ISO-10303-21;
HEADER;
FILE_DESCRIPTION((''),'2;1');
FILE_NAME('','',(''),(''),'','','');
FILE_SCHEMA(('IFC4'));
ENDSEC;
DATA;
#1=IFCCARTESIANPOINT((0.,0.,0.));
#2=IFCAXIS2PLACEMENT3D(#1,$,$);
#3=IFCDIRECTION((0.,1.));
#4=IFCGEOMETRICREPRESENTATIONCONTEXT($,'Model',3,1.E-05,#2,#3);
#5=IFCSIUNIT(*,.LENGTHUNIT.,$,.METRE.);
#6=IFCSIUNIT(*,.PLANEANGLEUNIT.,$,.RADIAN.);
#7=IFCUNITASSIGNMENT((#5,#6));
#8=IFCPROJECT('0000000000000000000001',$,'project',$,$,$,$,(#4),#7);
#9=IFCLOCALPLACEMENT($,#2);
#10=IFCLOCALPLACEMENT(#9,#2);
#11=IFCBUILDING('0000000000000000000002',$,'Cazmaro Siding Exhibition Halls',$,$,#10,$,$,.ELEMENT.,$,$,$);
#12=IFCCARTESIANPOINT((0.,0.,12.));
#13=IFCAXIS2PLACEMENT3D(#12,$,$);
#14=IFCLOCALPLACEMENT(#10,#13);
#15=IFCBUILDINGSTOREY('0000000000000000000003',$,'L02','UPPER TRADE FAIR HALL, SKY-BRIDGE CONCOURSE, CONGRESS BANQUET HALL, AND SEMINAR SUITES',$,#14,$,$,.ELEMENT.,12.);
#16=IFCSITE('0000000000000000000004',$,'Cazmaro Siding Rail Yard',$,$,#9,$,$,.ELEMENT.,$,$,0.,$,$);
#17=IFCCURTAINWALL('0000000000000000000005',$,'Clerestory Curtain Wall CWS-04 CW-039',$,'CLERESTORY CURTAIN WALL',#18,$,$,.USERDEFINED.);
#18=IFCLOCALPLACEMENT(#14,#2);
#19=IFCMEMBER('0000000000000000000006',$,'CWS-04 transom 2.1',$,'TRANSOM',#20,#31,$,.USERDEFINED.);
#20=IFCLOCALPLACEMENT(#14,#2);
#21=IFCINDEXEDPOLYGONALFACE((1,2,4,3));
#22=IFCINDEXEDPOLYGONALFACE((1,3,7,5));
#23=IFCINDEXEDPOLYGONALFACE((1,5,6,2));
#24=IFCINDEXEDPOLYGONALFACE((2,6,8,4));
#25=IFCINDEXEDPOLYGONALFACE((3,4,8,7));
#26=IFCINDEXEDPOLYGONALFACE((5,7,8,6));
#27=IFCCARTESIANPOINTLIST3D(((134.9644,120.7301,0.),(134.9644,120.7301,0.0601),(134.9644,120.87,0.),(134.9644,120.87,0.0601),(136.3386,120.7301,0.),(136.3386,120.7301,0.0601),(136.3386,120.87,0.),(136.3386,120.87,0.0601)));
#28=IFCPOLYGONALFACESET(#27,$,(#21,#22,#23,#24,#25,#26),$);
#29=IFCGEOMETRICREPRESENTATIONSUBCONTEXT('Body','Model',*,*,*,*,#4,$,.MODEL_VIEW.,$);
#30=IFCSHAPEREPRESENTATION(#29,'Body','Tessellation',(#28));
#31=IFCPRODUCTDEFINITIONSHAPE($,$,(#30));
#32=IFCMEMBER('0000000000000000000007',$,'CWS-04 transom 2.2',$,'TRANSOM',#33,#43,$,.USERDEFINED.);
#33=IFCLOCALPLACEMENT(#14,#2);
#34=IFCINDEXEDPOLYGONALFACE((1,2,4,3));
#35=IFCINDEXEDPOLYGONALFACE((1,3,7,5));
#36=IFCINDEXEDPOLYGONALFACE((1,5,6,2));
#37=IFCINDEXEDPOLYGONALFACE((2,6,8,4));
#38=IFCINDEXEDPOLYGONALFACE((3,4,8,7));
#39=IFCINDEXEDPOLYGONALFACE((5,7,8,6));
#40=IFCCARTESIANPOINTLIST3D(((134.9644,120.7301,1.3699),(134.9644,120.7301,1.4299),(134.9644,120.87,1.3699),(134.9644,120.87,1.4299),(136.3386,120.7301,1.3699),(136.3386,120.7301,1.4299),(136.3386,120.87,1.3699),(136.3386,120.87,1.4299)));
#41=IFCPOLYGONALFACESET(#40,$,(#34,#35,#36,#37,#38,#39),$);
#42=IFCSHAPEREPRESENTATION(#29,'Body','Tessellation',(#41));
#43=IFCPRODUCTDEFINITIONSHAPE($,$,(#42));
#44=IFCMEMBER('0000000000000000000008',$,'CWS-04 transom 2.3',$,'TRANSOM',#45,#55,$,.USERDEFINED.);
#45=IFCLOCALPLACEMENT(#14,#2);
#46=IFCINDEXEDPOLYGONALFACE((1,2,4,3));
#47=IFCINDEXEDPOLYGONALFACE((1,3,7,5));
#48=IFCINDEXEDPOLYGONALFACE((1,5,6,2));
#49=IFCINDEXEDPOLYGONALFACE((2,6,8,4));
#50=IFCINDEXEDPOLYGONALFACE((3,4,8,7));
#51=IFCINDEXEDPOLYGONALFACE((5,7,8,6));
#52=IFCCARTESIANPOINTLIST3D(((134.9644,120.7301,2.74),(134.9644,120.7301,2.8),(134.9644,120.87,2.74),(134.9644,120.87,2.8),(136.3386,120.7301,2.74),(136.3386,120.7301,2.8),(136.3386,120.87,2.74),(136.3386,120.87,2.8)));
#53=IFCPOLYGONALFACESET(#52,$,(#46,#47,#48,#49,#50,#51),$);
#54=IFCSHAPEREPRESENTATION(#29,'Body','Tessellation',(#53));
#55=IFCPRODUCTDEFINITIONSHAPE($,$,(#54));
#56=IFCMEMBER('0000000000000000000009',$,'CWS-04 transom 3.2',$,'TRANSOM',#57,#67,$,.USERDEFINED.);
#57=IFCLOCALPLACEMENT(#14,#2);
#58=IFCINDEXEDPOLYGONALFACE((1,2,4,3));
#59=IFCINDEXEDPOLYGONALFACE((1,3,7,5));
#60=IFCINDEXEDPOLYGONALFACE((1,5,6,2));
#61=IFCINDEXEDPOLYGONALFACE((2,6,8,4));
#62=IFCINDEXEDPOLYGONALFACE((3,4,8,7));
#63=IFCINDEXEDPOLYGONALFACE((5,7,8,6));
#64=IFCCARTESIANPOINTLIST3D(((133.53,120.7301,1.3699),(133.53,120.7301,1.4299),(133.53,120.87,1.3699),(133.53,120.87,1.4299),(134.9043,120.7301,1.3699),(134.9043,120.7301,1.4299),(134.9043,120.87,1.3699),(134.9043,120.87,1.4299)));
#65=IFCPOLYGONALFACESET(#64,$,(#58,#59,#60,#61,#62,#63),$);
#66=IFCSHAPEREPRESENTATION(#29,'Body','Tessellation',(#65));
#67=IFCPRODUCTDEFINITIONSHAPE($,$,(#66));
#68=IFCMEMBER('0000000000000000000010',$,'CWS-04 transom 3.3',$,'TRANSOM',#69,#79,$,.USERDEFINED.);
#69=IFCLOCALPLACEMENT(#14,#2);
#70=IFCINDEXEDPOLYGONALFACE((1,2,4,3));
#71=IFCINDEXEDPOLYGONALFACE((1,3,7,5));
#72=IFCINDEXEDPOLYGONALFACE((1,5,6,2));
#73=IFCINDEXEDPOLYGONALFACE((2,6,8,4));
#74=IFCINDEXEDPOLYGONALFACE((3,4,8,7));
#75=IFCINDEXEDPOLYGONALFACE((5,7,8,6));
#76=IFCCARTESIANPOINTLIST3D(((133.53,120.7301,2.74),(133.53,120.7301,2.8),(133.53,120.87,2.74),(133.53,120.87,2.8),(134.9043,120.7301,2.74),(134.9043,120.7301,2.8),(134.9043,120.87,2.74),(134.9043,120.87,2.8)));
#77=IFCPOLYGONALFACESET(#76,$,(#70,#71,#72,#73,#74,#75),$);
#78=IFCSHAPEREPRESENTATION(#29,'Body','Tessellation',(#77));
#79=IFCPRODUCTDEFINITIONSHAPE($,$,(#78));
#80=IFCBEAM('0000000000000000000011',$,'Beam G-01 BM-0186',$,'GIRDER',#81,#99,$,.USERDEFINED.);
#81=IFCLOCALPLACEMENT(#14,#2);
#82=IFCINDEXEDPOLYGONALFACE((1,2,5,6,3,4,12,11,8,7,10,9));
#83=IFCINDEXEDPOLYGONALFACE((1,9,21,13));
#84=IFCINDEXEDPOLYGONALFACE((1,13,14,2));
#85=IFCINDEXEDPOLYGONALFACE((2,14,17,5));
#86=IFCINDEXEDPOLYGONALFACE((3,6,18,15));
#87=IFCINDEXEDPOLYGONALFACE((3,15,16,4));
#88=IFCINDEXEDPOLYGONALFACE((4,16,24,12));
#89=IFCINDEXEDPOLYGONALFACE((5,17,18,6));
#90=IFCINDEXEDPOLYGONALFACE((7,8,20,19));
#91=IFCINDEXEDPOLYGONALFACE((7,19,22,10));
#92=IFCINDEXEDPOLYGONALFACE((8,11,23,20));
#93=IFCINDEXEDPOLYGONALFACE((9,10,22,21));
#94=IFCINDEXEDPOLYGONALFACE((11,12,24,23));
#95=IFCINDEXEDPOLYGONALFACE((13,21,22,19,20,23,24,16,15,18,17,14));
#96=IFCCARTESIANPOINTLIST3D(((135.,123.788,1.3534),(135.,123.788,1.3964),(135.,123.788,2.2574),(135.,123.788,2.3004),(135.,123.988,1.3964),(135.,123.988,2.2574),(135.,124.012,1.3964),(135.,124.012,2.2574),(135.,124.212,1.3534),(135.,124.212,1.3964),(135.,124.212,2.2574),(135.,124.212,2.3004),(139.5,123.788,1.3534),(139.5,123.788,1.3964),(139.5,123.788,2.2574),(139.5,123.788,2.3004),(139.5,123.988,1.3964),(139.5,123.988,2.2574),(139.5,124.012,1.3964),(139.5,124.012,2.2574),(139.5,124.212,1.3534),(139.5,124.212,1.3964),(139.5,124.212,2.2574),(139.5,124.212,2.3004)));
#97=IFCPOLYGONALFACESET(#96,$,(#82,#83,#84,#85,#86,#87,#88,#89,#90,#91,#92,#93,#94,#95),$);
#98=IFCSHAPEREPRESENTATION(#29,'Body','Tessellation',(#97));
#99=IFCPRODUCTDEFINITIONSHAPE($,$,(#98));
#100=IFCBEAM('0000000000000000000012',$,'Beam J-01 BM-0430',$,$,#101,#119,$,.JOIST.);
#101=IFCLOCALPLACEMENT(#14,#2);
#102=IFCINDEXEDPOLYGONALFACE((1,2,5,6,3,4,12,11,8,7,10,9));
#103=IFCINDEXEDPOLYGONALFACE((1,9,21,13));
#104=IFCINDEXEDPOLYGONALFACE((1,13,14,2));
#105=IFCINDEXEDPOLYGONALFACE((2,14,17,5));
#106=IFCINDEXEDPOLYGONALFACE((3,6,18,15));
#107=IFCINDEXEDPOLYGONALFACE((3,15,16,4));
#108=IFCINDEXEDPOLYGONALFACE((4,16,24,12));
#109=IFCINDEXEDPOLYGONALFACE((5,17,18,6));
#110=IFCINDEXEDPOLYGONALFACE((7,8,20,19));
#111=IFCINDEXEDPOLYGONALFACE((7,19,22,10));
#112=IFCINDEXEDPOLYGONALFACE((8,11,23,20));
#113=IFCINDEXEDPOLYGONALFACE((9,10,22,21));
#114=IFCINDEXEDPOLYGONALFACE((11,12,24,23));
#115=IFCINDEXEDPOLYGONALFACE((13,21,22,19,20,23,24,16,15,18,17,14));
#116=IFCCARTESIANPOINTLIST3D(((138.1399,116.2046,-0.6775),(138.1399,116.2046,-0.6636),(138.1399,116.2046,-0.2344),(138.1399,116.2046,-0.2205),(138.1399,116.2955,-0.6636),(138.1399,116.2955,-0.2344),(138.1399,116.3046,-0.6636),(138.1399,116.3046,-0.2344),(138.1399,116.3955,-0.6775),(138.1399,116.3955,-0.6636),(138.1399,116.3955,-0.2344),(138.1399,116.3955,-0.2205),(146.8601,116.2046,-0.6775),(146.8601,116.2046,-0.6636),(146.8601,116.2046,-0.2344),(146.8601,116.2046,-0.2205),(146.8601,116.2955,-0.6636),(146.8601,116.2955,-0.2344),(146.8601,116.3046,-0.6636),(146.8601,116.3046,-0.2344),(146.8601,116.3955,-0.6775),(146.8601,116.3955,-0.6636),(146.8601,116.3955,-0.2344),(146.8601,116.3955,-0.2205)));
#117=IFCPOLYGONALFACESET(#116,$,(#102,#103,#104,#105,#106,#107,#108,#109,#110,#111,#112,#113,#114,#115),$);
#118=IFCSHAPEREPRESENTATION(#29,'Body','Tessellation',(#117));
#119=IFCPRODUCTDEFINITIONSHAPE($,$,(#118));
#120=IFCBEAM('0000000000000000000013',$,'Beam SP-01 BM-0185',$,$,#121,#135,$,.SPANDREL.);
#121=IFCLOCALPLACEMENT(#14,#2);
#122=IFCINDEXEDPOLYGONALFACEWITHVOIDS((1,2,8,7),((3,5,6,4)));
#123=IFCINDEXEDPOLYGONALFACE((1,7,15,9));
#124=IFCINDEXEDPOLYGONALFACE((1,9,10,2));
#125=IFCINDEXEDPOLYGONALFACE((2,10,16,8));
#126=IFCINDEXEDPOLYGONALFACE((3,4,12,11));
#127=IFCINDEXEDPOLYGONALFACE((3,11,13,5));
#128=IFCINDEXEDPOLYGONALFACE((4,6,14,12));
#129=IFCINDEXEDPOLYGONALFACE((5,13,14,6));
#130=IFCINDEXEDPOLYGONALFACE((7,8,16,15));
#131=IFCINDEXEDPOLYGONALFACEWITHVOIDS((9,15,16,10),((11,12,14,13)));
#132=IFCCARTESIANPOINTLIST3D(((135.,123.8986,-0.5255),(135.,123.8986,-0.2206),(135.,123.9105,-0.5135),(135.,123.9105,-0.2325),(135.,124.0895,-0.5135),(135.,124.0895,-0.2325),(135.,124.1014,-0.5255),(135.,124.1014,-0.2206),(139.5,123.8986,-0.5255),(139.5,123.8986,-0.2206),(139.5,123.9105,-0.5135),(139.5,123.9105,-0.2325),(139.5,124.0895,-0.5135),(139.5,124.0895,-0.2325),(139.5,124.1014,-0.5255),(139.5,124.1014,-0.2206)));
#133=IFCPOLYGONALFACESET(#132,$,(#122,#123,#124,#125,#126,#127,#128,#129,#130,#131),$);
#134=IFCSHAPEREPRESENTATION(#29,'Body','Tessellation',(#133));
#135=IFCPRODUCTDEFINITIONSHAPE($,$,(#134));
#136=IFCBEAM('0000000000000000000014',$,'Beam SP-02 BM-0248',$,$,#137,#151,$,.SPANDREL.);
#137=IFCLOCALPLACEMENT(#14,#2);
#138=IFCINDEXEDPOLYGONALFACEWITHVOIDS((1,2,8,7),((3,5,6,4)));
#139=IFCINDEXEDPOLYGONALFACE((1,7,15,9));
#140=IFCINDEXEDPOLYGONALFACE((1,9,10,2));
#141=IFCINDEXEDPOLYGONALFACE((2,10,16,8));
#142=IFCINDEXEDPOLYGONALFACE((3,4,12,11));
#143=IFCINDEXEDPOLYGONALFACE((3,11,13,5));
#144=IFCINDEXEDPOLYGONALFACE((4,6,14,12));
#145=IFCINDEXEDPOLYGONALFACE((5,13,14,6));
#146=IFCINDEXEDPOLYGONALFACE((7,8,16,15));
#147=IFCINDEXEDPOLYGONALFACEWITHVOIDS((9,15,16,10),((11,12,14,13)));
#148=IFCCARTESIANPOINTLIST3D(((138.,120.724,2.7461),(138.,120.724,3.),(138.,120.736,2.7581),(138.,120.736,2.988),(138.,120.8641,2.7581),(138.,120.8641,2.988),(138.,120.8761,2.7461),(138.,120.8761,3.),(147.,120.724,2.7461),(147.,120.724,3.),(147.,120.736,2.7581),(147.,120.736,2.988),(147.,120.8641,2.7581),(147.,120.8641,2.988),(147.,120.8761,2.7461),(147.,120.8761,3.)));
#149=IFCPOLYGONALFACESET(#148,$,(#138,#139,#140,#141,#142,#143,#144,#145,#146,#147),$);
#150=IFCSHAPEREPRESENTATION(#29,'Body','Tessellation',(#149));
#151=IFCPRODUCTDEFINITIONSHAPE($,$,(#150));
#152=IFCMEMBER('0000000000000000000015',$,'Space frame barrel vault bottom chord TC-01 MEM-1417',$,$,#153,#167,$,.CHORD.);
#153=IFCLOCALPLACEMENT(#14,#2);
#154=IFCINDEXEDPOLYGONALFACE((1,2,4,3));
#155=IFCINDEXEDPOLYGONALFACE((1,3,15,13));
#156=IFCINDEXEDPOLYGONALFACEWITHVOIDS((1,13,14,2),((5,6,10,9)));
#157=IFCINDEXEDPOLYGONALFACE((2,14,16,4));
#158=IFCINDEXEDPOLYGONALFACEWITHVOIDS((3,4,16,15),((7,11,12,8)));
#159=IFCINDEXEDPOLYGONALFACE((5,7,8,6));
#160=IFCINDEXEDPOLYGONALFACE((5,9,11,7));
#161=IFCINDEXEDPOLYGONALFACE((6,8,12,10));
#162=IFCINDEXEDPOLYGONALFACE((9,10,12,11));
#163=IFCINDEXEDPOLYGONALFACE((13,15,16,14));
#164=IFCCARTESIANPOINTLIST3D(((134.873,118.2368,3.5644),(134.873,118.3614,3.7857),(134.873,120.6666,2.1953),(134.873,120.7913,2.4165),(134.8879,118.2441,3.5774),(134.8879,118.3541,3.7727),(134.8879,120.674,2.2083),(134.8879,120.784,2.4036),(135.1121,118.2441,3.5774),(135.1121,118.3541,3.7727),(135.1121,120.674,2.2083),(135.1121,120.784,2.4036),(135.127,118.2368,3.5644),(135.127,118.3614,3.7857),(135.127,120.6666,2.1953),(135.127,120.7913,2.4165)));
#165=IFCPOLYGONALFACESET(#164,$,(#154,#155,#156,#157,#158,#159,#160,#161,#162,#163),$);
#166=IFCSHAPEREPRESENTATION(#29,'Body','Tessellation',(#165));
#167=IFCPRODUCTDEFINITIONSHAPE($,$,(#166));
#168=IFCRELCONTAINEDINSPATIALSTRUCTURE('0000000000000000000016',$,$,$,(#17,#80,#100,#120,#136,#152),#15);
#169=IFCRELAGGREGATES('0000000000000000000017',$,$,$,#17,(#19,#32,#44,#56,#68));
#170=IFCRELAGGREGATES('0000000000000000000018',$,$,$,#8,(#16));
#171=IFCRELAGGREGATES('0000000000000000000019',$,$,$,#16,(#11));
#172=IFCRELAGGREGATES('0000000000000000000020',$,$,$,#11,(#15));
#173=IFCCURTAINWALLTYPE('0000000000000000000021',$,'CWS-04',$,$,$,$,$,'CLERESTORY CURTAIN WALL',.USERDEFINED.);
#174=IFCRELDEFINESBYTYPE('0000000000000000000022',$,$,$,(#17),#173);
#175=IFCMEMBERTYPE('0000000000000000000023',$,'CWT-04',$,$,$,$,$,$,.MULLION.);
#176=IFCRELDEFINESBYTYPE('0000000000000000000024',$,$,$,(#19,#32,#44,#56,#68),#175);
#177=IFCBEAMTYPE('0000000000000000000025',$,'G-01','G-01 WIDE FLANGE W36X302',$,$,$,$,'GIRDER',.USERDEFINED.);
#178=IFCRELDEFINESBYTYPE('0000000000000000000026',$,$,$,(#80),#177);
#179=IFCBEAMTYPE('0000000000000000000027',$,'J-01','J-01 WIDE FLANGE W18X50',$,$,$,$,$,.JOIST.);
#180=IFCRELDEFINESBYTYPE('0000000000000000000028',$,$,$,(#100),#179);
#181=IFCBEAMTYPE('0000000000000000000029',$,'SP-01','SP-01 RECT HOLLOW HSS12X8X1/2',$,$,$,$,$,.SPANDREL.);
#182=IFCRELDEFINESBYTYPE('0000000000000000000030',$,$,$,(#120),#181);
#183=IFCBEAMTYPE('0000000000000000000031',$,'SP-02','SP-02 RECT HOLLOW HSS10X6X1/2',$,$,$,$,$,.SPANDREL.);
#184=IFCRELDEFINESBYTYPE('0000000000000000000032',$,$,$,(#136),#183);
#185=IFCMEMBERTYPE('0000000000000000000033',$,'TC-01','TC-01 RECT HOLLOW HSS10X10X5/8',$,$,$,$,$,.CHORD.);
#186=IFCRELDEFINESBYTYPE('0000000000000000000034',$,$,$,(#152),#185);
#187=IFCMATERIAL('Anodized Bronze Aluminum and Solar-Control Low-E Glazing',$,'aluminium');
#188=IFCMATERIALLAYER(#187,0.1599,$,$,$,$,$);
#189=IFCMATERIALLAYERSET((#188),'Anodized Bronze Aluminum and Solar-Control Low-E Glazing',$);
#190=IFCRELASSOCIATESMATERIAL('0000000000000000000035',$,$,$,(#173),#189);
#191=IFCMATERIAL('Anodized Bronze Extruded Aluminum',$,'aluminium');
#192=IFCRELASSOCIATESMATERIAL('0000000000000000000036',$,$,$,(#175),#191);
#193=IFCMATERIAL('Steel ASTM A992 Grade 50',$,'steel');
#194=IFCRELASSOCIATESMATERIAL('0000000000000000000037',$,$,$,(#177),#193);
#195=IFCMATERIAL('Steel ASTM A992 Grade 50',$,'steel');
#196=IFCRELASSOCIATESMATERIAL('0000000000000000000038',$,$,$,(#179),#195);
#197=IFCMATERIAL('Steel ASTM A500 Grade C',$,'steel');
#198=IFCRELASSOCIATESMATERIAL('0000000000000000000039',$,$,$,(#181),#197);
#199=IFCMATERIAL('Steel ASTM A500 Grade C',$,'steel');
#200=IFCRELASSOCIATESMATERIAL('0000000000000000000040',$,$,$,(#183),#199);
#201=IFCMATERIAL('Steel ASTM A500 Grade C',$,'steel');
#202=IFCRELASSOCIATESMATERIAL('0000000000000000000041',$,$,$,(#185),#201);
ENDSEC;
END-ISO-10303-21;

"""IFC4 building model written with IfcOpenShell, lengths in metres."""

from ifc_helpers import new_model, si_unit, direction, frame, origin, origin_2d, place, context, subcontext, project, spatial, rectangle, hollow_rectangle, i_section, extrude, material, layer, layer_set, material_profile, profile_set, type_object, element, aggregate, save


model = new_model("IFC4")

# Units and contexts
model_context = context("Model", 3, precision=1e-05, world=origin(), true_north=direction((0.0, 1.0)))
body_context = subcontext(model_context, "Body", "Model", "MODEL_VIEW")
ifc_project = project(units=[si_unit("LENGTHUNIT", "METRE"), si_unit("PLANEANGLEUNIT", "RADIAN")], contexts=[model_context])

# Site, building, storey
site_placement = place(None, origin())
site = spatial("IfcSite", under=ifc_project, at=site_placement, Name="Cazmaro Siding Rail Yard", CompositionType="ELEMENT", RefElevation=0.0)
building_placement = place(site_placement, origin())
building = spatial("IfcBuilding", under=site, at=building_placement, Name="Cazmaro Siding Exhibition Halls", CompositionType="ELEMENT")
storey_placement = place(building_placement, frame((0.0, 0.0, 12.0)))
storey = spatial("IfcBuildingStorey", under=building, at=storey_placement, Name="L02", Description="UPPER TRADE FAIR HALL, SKY-BRIDGE CONCOURSE, CONGRESS BANQUET HALL, AND SEMINAR SUITES", CompositionType="ELEMENT", Elevation=12.0)

# Curtain wall
ifc_material_1 = material(Name="Anodized Bronze Aluminum and Solar-Control Low-E Glazing", Category="aluminium")
ifc_layer_1 = layer(ifc_material_1, 0.1599)
ifc_layer_set_1 = layer_set([ifc_layer_1], Name="Anodized Bronze Aluminum and Solar-Control Low-E Glazing")
curtain_wall_type = type_object("IfcCurtainWallType", Name="CWS-04", ElementType="CLERESTORY CURTAIN WALL", PredefinedType="USERDEFINED", material=ifc_layer_set_1)
curtain_wall_1_placement = place(storey_placement, origin())
curtain_wall_1 = element("IfcCurtainWall", 1, at=curtain_wall_1_placement, inside=storey, type_object=curtain_wall_type, Name="Clerestory Curtain Wall CWS-04 CW-039", ObjectType="CLERESTORY CURTAIN WALL", PredefinedType="USERDEFINED")

# Members
ifc_material_2 = material(Name="Anodized Bronze Extruded Aluminum", Category="aluminium")
ifc_material_profile_1 = material_profile(ifc_material_2, rectangle(XDim=0.1399, YDim=0.0601, at=origin_2d()), Name="CWT-04")
ifc_profile_set_1 = profile_set([ifc_material_profile_1], Name="Anodized Bronze Extruded Aluminum")
member_type_1 = type_object("IfcMemberType", Name="CWT-04", PredefinedType="MULLION", material=ifc_profile_set_1)
member_1_placement = place(storey_placement, frame((136.3386, 120.8, 0.03), z_axis=(-1.0, 0.0, 0.0), x_axis=(0.0, -1.0, 0.0)))
member_1 = element("IfcMember", 2, at=member_1_placement, type_object=member_type_1, Name="CWS-04 transom 2.1", ObjectType="TRANSOM", PredefinedType="USERDEFINED", context=body_context, shape_type="SweptSolid", body=[
    extrude(rectangle(XDim=0.1399, YDim=0.0601, at=origin_2d()), origin(), (0.0, 0.0, 1.0), 1.3743),
])
member_2_placement = place(storey_placement, frame((136.3386, 120.8, 1.3999), z_axis=(-1.0, 0.0, 0.0), x_axis=(0.0, -1.0, 0.0)))
member_2 = element("IfcMember", 3, at=member_2_placement, type_object=member_type_1, Name="CWS-04 transom 2.2", ObjectType="TRANSOM", PredefinedType="USERDEFINED", context=body_context, shape_type="SweptSolid", body=[
    extrude(rectangle(XDim=0.1399, YDim=0.0601, at=origin_2d()), origin(), (0.0, 0.0, 1.0), 1.3743),
])
member_3_placement = place(storey_placement, frame((136.3386, 120.8, 2.77), z_axis=(-1.0, 0.0, 0.0), x_axis=(0.0, -1.0, 0.0)))
member_3 = element("IfcMember", 4, at=member_3_placement, type_object=member_type_1, Name="CWS-04 transom 2.3", ObjectType="TRANSOM", PredefinedType="USERDEFINED", context=body_context, shape_type="SweptSolid", body=[
    extrude(rectangle(XDim=0.1399, YDim=0.0601, at=origin_2d()), origin(), (0.0, 0.0, 1.0), 1.3743),
])
member_4_placement = place(storey_placement, frame((134.9043, 120.8, 1.3999), z_axis=(-1.0, 0.0, 0.0), x_axis=(0.0, -1.0, 0.0)))
member_4 = element("IfcMember", 5, at=member_4_placement, type_object=member_type_1, Name="CWS-04 transom 3.2", ObjectType="TRANSOM", PredefinedType="USERDEFINED", context=body_context, shape_type="SweptSolid", body=[
    extrude(rectangle(XDim=0.1399, YDim=0.0601, at=origin_2d()), origin(), (0.0, 0.0, 1.0), 1.3743),
])
member_5_placement = place(storey_placement, frame((134.9043, 120.8, 2.77), z_axis=(-1.0, 0.0, 0.0), x_axis=(0.0, -1.0, 0.0)))
member_5 = element("IfcMember", 6, at=member_5_placement, type_object=member_type_1, Name="CWS-04 transom 3.3", ObjectType="TRANSOM", PredefinedType="USERDEFINED", context=body_context, shape_type="SweptSolid", body=[
    extrude(rectangle(XDim=0.1399, YDim=0.0601, at=origin_2d()), origin(), (0.0, 0.0, 1.0), 1.3743),
])

# Beams
ifc_material_3 = material(Name="Steel ASTM A992 Grade 50", Category="steel")
ifc_material_profile_2 = material_profile(ifc_material_3, i_section(OverallWidth=0.4241, OverallDepth=0.947, WebThickness=0.0239, FlangeThickness=0.043, at=origin_2d()), Name="W36X302")
ifc_profile_set_2 = profile_set([ifc_material_profile_2], Name="Steel ASTM A992 Grade 50")
beam_type_1 = type_object("IfcBeamType", Name="G-01", Description="G-01 WIDE FLANGE W36X302", ElementType="GIRDER", PredefinedType="USERDEFINED", material=ifc_profile_set_2)
beam_1_placement = place(storey_placement, frame((135.0, 124.0, 1.8269), z_axis=(1.0, 0.0, 0.0), x_axis=(0.0, 1.0, 0.0)))
element("IfcBeam", 7, at=beam_1_placement, inside=storey, type_object=beam_type_1, Name="Beam G-01 BM-0186", ObjectType="GIRDER", PredefinedType="USERDEFINED", context=body_context, shape_type="SweptSolid", body=[
    extrude(i_section(OverallWidth=0.4241, OverallDepth=0.947, WebThickness=0.0239, FlangeThickness=0.043, at=origin_2d()), origin(), (0.0, 0.0, 1.0), 4.5),
])
ifc_material_4 = material(Name="Steel ASTM A992 Grade 50", Category="steel")
ifc_material_profile_3 = material_profile(ifc_material_4, i_section(OverallWidth=0.1909, OverallDepth=0.457, WebThickness=0.009, FlangeThickness=0.0139, at=origin_2d()), Name="W18X50")
ifc_profile_set_3 = profile_set([ifc_material_profile_3], Name="Steel ASTM A992 Grade 50")
beam_type_2 = type_object("IfcBeamType", Name="J-01", Description="J-01 WIDE FLANGE W18X50", PredefinedType="JOIST", material=ifc_profile_set_3)
beam_2_placement = place(storey_placement, frame((138.1399, 116.3, -0.449), z_axis=(1.0, 0.0, 0.0), x_axis=(0.0, 1.0, 0.0)))
element("IfcBeam", 8, at=beam_2_placement, inside=storey, type_object=beam_type_2, Name="Beam J-01 BM-0430", PredefinedType="JOIST", context=body_context, shape_type="SweptSolid", body=[
    extrude(i_section(OverallWidth=0.1909, OverallDepth=0.457, WebThickness=0.009, FlangeThickness=0.0139, at=origin_2d()), origin(), (0.0, 0.0, 1.0), 8.7202),
])
ifc_material_5 = material(Name="Steel ASTM A500 Grade C", Category="steel")
ifc_material_profile_4 = material_profile(ifc_material_5, hollow_rectangle(XDim=0.2029, YDim=0.3049, WallThickness=0.012, at=origin_2d()), Name="HSS12X8X1/2")
ifc_profile_set_4 = profile_set([ifc_material_profile_4], Name="Steel ASTM A500 Grade C")
beam_type_3 = type_object("IfcBeamType", Name="SP-01", Description="SP-01 RECT HOLLOW HSS12X8X1/2", PredefinedType="SPANDREL", material=ifc_profile_set_4)
beam_3_placement = place(storey_placement, frame((135.0, 124.0, -0.373), z_axis=(1.0, 0.0, 0.0), x_axis=(0.0, 1.0, 0.0)))
element("IfcBeam", 9, at=beam_3_placement, inside=storey, type_object=beam_type_3, Name="Beam SP-01 BM-0185", PredefinedType="SPANDREL", context=body_context, shape_type="SweptSolid", body=[
    extrude(hollow_rectangle(XDim=0.2029, YDim=0.3049, WallThickness=0.012, at=origin_2d()), origin(), (0.0, 0.0, 1.0), 4.5),
])
ifc_material_6 = material(Name="Steel ASTM A500 Grade C", Category="steel")
ifc_material_profile_5 = material_profile(ifc_material_6, hollow_rectangle(XDim=0.1521, YDim=0.2539, WallThickness=0.012, at=origin_2d()), Name="HSS10X6X1/2")
ifc_profile_set_5 = profile_set([ifc_material_profile_5], Name="Steel ASTM A500 Grade C")
beam_type_4 = type_object("IfcBeamType", Name="SP-02", Description="SP-02 RECT HOLLOW HSS10X6X1/2", PredefinedType="SPANDREL", material=ifc_profile_set_5)
beam_4_placement = place(storey_placement, frame((138.0, 120.8, 2.873), z_axis=(1.0, 0.0, 0.0), x_axis=(0.0, 1.0, 0.0)))
element("IfcBeam", 10, at=beam_4_placement, inside=storey, type_object=beam_type_4, Name="Beam SP-02 BM-0248", PredefinedType="SPANDREL", context=body_context, shape_type="SweptSolid", body=[
    extrude(hollow_rectangle(XDim=0.1521, YDim=0.2539, WallThickness=0.012, at=origin_2d()), origin(), (0.0, 0.0, 1.0), 9.0),
])

# Member
ifc_material_7 = material(Name="Steel ASTM A500 Grade C", Category="steel")
ifc_material_profile_6 = material_profile(ifc_material_7, hollow_rectangle(XDim=0.2539, YDim=0.2539, WallThickness=0.0149, at=origin_2d()), Name="HSS10X10X5/8")
ifc_profile_set_6 = profile_set([ifc_material_profile_6], Name="Steel ASTM A500 Grade C")
member_type_2 = type_object("IfcMemberType", Name="TC-01", Description="TC-01 RECT HOLLOW HSS10X10X5/8", PredefinedType="CHORD", material=ifc_profile_set_6)
member_6_placement = place(storey_placement, frame((135.0, 118.2991, 3.675), z_axis=(0.0, 0.871222, -0.490889), x_axis=(-1.0, 0.0, 0.0)))
element("IfcMember", 11, at=member_6_placement, inside=storey, type_object=member_type_2, Name="Space frame barrel vault bottom chord TC-01 MEM-1417", PredefinedType="CHORD", context=body_context, shape_type="SweptSolid", body=[
    extrude(hollow_rectangle(XDim=0.2539, YDim=0.2539, WallThickness=0.0149, at=origin_2d()), origin(), (0.0, 0.0, 1.0), 2.7891),
])

aggregate(curtain_wall_1, [member_1, member_2, member_3, member_4, member_5])

save(model, "model.ifc")
